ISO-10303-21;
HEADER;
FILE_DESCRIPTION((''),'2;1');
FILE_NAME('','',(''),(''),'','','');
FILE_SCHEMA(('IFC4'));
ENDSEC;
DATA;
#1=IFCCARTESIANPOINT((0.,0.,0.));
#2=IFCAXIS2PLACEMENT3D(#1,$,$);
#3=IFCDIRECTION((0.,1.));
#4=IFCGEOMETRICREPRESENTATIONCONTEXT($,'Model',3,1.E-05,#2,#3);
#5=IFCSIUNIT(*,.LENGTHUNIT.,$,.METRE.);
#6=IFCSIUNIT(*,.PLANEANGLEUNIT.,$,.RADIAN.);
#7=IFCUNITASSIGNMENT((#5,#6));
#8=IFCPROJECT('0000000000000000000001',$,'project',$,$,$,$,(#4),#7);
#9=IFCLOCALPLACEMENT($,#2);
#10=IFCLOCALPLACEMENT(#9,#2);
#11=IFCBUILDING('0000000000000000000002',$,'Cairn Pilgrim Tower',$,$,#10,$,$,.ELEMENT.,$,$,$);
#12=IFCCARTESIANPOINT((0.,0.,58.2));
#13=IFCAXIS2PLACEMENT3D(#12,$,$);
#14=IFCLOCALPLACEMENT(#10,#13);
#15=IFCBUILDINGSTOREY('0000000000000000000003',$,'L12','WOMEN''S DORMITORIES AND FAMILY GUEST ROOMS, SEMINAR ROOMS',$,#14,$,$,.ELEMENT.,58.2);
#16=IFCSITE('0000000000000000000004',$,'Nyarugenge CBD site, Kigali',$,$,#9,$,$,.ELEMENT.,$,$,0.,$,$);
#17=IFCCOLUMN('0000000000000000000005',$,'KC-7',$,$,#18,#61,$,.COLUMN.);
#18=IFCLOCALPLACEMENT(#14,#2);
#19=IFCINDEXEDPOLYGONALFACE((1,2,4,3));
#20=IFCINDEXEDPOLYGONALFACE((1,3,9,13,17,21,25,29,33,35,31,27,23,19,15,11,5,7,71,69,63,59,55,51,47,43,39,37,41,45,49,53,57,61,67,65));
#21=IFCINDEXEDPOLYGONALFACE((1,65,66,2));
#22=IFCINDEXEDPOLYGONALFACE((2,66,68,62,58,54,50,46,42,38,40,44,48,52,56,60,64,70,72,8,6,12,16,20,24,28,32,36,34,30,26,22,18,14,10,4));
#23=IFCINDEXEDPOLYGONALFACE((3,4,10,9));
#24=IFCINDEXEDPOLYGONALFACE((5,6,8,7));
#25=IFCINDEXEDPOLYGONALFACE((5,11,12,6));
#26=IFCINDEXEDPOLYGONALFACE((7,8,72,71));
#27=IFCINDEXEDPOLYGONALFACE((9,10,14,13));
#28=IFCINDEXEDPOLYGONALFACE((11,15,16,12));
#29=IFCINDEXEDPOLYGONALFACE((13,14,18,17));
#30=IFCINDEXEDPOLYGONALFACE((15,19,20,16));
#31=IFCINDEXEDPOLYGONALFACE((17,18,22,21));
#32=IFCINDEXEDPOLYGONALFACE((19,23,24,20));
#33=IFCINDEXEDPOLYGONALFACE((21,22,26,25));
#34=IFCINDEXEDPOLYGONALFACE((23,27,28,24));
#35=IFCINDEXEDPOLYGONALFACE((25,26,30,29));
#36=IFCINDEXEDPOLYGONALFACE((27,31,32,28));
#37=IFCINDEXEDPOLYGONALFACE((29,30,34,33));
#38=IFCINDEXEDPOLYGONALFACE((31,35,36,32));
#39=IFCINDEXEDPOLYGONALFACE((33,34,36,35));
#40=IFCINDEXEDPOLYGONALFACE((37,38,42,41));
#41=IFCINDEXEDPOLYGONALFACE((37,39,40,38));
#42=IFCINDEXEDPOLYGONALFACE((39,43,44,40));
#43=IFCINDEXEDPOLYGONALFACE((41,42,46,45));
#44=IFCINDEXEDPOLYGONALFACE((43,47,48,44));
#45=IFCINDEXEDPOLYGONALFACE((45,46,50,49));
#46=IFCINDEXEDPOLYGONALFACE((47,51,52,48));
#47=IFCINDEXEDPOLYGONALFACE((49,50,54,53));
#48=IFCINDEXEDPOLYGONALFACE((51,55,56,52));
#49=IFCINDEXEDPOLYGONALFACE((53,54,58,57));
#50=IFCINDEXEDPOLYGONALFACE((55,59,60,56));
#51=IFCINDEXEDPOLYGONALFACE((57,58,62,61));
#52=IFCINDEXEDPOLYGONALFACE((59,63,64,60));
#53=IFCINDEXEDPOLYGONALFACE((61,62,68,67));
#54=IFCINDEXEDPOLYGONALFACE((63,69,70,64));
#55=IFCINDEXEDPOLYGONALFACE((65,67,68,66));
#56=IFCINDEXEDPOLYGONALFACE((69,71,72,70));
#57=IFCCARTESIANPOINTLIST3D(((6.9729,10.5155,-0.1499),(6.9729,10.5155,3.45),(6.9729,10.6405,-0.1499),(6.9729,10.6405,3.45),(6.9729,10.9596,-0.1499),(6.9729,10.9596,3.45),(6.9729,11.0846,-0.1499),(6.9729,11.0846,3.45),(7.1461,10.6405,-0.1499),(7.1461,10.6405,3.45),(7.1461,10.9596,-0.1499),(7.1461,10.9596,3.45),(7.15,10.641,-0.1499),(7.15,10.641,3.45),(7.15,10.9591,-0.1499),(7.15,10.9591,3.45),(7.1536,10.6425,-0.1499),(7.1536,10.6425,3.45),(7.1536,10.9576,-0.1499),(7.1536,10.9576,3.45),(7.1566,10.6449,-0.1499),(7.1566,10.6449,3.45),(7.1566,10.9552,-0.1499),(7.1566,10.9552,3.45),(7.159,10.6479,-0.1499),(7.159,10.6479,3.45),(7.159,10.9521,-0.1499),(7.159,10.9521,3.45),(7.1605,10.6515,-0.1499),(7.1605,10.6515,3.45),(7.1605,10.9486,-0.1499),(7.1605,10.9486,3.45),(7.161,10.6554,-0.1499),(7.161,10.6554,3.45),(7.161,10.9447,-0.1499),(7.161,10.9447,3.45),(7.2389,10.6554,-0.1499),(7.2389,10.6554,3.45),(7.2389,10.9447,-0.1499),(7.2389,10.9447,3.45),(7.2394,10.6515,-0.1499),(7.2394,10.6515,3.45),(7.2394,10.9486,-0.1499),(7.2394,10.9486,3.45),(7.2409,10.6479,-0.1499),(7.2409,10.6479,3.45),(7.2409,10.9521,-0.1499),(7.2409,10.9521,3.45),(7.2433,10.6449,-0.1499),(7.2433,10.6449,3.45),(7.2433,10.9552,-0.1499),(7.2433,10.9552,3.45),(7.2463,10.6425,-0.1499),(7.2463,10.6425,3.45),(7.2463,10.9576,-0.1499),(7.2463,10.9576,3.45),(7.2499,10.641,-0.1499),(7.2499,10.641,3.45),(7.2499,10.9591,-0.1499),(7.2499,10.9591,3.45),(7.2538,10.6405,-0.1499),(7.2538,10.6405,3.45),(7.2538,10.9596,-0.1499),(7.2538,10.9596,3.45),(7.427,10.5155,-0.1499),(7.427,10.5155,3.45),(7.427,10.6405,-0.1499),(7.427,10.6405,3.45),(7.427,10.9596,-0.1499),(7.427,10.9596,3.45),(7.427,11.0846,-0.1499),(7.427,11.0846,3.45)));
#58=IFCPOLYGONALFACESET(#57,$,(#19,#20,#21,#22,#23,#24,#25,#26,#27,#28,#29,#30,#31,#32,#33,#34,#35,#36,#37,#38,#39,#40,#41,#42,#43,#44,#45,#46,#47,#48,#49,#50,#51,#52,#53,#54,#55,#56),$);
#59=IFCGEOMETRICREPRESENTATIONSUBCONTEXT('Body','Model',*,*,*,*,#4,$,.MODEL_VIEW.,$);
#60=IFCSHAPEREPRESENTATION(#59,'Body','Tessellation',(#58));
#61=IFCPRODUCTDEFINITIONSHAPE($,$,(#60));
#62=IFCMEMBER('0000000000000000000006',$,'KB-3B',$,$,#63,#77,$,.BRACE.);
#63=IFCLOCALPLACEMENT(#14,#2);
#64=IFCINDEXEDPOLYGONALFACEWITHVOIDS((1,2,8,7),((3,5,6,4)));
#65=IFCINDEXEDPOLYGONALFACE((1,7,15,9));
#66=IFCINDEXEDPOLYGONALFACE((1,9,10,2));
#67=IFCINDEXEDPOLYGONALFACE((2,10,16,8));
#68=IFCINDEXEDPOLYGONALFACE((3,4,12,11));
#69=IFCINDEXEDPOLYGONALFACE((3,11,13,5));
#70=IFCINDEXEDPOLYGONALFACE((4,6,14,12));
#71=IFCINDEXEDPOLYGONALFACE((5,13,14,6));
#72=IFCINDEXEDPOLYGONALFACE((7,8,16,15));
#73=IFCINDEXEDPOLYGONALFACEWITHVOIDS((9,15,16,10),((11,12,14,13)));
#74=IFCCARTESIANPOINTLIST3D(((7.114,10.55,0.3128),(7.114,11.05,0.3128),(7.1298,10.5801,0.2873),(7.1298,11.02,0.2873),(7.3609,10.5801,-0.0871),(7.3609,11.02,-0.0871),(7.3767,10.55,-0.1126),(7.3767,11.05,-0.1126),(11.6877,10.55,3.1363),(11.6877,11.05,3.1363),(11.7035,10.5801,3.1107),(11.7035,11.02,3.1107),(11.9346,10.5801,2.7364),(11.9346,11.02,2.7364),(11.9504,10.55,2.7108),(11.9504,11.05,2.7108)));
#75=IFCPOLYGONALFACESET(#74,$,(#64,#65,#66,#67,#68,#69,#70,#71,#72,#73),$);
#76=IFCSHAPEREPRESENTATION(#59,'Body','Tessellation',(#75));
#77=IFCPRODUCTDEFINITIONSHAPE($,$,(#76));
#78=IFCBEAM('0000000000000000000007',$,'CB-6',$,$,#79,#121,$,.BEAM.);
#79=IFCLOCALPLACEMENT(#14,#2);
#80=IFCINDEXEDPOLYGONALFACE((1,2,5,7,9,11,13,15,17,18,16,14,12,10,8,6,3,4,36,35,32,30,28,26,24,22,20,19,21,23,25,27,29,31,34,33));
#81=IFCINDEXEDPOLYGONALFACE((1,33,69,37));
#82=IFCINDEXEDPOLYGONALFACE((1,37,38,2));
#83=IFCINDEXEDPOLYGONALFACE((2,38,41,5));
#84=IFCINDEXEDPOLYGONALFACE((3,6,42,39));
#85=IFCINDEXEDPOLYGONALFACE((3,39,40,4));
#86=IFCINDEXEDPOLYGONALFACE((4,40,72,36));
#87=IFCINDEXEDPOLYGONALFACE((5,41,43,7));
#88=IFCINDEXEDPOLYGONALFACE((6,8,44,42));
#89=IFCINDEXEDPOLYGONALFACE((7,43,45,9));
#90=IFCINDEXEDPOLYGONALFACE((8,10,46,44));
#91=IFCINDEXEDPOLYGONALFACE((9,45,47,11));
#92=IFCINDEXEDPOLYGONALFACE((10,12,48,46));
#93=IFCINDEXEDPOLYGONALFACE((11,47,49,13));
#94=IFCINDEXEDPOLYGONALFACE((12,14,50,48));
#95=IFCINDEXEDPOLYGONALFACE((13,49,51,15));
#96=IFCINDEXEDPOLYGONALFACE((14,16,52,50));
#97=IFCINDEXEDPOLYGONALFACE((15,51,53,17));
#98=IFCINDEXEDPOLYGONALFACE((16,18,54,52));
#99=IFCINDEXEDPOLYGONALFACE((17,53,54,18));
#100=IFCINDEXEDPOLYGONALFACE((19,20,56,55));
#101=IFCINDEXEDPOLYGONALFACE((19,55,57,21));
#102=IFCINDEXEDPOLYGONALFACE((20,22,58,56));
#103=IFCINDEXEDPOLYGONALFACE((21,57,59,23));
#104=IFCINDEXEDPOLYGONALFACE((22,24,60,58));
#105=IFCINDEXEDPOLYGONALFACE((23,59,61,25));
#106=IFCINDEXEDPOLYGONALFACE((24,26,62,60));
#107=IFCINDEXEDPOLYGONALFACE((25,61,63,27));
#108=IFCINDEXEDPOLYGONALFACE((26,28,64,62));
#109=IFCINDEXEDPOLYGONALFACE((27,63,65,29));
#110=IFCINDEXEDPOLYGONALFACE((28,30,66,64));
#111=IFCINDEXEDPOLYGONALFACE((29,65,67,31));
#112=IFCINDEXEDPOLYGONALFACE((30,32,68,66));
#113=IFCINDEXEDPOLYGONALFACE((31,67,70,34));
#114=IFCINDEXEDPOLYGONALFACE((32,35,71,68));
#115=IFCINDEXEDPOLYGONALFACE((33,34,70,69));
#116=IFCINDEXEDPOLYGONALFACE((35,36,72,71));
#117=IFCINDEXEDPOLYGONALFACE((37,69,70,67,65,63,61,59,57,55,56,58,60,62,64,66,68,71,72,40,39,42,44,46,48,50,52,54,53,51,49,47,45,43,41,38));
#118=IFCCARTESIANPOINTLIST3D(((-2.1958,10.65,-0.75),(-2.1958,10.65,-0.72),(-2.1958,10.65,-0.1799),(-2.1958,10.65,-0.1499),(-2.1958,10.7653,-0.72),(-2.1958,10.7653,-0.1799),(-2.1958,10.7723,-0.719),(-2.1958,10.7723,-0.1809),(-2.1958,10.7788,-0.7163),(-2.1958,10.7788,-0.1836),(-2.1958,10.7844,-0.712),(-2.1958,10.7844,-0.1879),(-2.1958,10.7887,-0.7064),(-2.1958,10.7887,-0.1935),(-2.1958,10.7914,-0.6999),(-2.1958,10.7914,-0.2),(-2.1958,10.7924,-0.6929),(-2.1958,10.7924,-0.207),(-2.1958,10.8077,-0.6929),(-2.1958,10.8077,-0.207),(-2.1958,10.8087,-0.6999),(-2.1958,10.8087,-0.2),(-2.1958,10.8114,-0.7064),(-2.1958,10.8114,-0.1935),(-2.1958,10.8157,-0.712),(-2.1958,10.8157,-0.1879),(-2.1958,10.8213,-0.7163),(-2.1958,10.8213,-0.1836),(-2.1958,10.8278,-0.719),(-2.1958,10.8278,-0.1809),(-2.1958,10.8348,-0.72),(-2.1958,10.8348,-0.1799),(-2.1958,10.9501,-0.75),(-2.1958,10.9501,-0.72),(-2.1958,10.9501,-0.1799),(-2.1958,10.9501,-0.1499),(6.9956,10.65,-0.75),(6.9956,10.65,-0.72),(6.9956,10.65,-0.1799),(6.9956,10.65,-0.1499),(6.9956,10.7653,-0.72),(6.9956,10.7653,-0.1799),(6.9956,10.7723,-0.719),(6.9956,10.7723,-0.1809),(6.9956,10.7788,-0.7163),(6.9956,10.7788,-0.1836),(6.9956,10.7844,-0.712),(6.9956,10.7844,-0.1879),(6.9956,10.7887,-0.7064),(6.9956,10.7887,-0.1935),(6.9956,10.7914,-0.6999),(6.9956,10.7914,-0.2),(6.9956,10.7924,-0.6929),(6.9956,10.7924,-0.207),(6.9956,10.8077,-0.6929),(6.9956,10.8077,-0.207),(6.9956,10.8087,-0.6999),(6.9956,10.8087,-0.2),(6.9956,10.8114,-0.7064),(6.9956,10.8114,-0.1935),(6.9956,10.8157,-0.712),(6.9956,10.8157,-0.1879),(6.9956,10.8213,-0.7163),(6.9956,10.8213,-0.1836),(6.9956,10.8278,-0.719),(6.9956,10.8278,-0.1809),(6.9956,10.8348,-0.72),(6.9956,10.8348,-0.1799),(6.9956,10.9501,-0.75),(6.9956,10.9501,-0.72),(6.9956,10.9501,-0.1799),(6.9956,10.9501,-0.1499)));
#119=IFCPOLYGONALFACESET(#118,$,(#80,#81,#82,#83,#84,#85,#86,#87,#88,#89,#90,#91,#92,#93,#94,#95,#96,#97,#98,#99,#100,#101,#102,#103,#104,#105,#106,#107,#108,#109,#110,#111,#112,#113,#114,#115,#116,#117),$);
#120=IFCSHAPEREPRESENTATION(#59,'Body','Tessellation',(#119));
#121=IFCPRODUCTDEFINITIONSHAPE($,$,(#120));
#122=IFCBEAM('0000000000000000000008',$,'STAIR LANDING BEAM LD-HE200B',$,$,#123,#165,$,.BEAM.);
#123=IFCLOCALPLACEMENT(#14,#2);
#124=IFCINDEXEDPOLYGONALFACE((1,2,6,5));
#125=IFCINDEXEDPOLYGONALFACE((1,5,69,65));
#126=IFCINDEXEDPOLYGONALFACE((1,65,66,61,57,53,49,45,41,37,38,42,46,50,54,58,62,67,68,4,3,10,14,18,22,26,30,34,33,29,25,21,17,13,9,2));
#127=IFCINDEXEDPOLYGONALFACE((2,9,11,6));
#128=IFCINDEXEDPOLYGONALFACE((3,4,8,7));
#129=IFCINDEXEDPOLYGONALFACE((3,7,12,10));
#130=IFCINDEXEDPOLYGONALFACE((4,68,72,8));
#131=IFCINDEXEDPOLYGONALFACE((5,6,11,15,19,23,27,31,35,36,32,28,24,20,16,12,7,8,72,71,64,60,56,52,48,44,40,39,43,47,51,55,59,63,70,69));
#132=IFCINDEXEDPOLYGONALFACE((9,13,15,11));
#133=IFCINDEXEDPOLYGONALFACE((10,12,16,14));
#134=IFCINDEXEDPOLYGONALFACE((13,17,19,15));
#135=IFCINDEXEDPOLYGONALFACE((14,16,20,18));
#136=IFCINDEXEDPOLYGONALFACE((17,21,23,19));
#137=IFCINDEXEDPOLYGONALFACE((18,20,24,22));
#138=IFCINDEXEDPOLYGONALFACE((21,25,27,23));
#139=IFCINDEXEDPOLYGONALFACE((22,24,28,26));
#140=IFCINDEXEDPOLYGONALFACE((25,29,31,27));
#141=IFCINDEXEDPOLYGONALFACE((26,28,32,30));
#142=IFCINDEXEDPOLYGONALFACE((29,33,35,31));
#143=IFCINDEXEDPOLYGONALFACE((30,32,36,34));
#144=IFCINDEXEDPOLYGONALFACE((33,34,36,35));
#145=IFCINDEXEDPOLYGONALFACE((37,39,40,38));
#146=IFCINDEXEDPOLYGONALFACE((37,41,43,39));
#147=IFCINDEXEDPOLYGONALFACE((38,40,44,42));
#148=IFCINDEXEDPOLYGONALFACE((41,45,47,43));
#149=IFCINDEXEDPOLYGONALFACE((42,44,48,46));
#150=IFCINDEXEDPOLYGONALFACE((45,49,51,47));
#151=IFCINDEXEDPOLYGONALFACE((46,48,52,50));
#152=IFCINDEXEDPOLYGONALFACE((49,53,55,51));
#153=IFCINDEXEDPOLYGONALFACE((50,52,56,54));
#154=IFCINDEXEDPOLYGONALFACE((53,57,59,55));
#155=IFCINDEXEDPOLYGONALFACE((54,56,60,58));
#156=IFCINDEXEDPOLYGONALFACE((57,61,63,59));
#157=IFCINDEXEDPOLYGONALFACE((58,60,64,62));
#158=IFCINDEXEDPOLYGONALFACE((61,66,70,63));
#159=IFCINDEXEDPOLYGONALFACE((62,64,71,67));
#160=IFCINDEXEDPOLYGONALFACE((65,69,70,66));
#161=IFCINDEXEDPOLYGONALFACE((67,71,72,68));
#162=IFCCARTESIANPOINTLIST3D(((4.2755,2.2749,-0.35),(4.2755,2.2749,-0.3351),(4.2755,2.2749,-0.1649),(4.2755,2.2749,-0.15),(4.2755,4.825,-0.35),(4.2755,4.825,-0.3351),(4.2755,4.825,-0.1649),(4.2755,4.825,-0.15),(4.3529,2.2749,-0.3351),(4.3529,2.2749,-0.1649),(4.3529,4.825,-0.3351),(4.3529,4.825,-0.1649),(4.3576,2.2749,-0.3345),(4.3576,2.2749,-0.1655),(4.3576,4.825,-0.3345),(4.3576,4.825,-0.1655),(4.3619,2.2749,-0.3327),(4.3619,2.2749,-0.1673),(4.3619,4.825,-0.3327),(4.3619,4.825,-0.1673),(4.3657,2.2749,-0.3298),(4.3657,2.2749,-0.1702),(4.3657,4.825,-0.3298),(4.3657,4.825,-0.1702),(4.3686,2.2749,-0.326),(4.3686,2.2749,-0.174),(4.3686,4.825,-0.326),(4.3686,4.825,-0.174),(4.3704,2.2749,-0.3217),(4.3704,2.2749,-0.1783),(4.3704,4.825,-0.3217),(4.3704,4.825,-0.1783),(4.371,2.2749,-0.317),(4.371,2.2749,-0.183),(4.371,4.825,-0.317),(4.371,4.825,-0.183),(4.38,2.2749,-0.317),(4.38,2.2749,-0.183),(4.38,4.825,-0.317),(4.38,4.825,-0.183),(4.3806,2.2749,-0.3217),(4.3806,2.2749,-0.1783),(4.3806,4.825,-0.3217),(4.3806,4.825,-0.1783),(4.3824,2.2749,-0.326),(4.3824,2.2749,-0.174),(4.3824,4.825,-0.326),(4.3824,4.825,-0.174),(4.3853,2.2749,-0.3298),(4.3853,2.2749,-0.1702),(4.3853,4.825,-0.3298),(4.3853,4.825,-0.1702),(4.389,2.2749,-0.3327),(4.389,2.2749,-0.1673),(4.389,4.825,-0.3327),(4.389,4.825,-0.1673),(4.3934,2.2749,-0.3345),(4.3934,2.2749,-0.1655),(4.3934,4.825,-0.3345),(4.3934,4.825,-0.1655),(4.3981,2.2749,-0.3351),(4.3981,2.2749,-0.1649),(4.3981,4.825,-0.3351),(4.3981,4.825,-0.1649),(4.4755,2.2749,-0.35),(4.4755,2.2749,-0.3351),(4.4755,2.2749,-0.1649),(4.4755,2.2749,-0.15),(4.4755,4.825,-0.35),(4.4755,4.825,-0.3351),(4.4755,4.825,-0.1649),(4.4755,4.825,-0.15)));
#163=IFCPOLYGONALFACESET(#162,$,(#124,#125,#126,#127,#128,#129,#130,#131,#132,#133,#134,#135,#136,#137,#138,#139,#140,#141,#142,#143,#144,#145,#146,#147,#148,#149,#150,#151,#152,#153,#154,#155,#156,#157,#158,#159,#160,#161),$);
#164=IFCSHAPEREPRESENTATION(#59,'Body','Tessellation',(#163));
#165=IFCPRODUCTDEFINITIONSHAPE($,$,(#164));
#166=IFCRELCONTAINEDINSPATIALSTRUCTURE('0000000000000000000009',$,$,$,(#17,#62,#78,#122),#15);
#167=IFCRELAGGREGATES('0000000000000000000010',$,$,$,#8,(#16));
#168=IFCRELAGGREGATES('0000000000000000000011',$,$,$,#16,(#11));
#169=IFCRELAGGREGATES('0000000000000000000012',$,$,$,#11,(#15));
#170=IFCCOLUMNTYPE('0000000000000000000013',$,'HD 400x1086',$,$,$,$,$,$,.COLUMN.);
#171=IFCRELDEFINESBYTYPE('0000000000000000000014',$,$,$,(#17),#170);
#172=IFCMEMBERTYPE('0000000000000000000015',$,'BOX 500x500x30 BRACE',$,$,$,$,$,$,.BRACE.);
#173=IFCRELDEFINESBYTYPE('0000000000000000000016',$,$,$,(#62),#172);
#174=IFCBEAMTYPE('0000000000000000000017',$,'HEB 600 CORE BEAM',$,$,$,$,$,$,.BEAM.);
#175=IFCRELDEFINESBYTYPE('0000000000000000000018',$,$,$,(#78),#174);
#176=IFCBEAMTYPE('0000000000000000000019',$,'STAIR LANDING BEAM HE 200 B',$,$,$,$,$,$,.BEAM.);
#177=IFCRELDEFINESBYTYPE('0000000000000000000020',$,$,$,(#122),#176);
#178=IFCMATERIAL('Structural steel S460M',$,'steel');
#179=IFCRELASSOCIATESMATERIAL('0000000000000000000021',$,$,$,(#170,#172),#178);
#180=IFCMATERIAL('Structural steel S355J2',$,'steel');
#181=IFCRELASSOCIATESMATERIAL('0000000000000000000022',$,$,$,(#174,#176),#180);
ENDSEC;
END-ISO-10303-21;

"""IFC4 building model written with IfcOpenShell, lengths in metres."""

from ifc_helpers import new_model, si_unit, direction, frame, origin, origin_2d, place, context, subcontext, project, spatial, hollow_rectangle, i_section, extrude, material, material_profile, profile_set, type_object, element, save


model = new_model("IFC4")

# Units and contexts
model_context = context("Model", 3, precision=1e-05, world=origin(), true_north=direction((0.0, 1.0)))
body_context = subcontext(model_context, "Body", "Model", "MODEL_VIEW")
ifc_project = project(units=[si_unit("LENGTHUNIT", "METRE"), si_unit("PLANEANGLEUNIT", "RADIAN")], contexts=[model_context])

# Site, building, storey
site_placement = place(None, origin())
site = spatial("IfcSite", under=ifc_project, at=site_placement, Name="Nyarugenge CBD site, Kigali", CompositionType="ELEMENT", RefElevation=0.0)
building_placement = place(site_placement, origin())
building = spatial("IfcBuilding", under=site, at=building_placement, Name="Cairn Pilgrim Tower", CompositionType="ELEMENT")
storey_placement = place(building_placement, frame((0.0, 0.0, 58.2)))
storey = spatial("IfcBuildingStorey", under=building, at=storey_placement, Name="L12", Description="WOMEN'S DORMITORIES AND FAMILY GUEST ROOMS, SEMINAR ROOMS", CompositionType="ELEMENT", Elevation=58.2)

# Column
ifc_material_1 = material(Name="Structural steel S460M", Category="steel")
ifc_material_profile_1 = material_profile(ifc_material_1, i_section(OverallWidth=0.4541, OverallDepth=0.5691, WebThickness=0.0779, FlangeThickness=0.125, FilletRadius=0.0149, at=origin_2d()), Name="HD 400x1086")
ifc_profile_set_1 = profile_set([ifc_material_profile_1], Name="Structural steel S460M")
column_type = type_object("IfcColumnType", Name="HD 400x1086", PredefinedType="COLUMN", material=ifc_profile_set_1)
column_placement = place(storey_placement, frame((7.2, 10.8, -0.1499), z_axis=(0.0, 0.0, 1.0), x_axis=(1.0, 0.0, 0.0)))
element("IfcColumn", 1, at=column_placement, inside=storey, type_object=column_type, Name="KC-7", PredefinedType="COLUMN", context=body_context, shape_type="SweptSolid", body=[
    extrude(i_section(OverallWidth=0.4541, OverallDepth=0.5691, WebThickness=0.0779, FlangeThickness=0.125, FilletRadius=0.0149, at=origin_2d()), origin(), (0.0, 0.0, 1.0), 3.5999),
])

# Member
ifc_material_profile_2 = material_profile(ifc_material_1, hollow_rectangle(XDim=0.5, YDim=0.5, WallThickness=0.03, at=origin_2d()), Name="BOX 500x500x30")
ifc_profile_set_2 = profile_set([ifc_material_profile_2], Name="Structural steel S460M")
member_type = type_object("IfcMemberType", Name="BOX 500x500x30 BRACE", PredefinedType="BRACE", material=ifc_profile_set_2)
member_placement = place(storey_placement, frame((7.2454, 10.8, 0.1001), z_axis=(0.85092, 0.0, 0.525296), x_axis=(0.0, 1.0, 0.0)))
element("IfcMember", 2, at=member_placement, inside=storey, type_object=member_type, Name="KB-3B", PredefinedType="BRACE", context=body_context, shape_type="SweptSolid", body=[
    extrude(hollow_rectangle(XDim=0.5, YDim=0.5, WallThickness=0.03, at=origin_2d()), origin(), (0.0, 0.0, 1.0), 5.375),
])

# Beams
ifc_material_2 = material(Name="Structural steel S355J2", Category="steel")
ifc_material_profile_3 = material_profile(ifc_material_2, i_section(OverallWidth=0.3, OverallDepth=0.6001, WebThickness=0.0154, FlangeThickness=0.03, FilletRadius=0.0271, at=origin_2d()), Name="HEB 600")
ifc_profile_set_3 = profile_set([ifc_material_profile_3], Name="Structural steel S355J2")
beam_type_1 = type_object("IfcBeamType", Name="HEB 600 CORE BEAM", PredefinedType="BEAM", material=ifc_profile_set_3)
beam_1_placement = place(storey_placement, frame((6.9956, 10.8, -0.45), z_axis=(-1.0, 0.0, 0.0), x_axis=(0.0, -1.0, 0.0)))
element("IfcBeam", 3, at=beam_1_placement, inside=storey, type_object=beam_type_1, Name="CB-6", PredefinedType="BEAM", context=body_context, shape_type="SweptSolid", body=[
    extrude(i_section(OverallWidth=0.3, OverallDepth=0.6001, WebThickness=0.0154, FlangeThickness=0.03, FilletRadius=0.0271, at=origin_2d()), origin(), (0.0, 0.0, 1.0), 9.1914),
])
ifc_material_profile_4 = material_profile(ifc_material_2, i_section(OverallWidth=0.2, OverallDepth=0.2, WebThickness=0.009, FlangeThickness=0.0149, FilletRadius=0.0181, at=origin_2d()), Name="HE 200 B")
ifc_profile_set_4 = profile_set([ifc_material_profile_4], Name="Structural steel S355J2")
beam_type_2 = type_object("IfcBeamType", Name="STAIR LANDING BEAM HE 200 B", PredefinedType="BEAM", material=ifc_profile_set_4)
beam_2_placement = place(storey_placement, frame((4.3755, 2.2749, -0.25), z_axis=(0.0, 1.0, 0.0), x_axis=(-1.0, 0.0, 0.0)))
element("IfcBeam", 4, at=beam_2_placement, inside=storey, type_object=beam_type_2, Name="STAIR LANDING BEAM LD-HE200B", PredefinedType="BEAM", context=body_context, shape_type="SweptSolid", body=[
    extrude(i_section(OverallWidth=0.2, OverallDepth=0.2, WebThickness=0.009, FlangeThickness=0.0149, FilletRadius=0.0181, at=origin_2d()), origin(), (0.0, 0.0, 1.0), 2.55),
])

save(model, "model.ifc")
